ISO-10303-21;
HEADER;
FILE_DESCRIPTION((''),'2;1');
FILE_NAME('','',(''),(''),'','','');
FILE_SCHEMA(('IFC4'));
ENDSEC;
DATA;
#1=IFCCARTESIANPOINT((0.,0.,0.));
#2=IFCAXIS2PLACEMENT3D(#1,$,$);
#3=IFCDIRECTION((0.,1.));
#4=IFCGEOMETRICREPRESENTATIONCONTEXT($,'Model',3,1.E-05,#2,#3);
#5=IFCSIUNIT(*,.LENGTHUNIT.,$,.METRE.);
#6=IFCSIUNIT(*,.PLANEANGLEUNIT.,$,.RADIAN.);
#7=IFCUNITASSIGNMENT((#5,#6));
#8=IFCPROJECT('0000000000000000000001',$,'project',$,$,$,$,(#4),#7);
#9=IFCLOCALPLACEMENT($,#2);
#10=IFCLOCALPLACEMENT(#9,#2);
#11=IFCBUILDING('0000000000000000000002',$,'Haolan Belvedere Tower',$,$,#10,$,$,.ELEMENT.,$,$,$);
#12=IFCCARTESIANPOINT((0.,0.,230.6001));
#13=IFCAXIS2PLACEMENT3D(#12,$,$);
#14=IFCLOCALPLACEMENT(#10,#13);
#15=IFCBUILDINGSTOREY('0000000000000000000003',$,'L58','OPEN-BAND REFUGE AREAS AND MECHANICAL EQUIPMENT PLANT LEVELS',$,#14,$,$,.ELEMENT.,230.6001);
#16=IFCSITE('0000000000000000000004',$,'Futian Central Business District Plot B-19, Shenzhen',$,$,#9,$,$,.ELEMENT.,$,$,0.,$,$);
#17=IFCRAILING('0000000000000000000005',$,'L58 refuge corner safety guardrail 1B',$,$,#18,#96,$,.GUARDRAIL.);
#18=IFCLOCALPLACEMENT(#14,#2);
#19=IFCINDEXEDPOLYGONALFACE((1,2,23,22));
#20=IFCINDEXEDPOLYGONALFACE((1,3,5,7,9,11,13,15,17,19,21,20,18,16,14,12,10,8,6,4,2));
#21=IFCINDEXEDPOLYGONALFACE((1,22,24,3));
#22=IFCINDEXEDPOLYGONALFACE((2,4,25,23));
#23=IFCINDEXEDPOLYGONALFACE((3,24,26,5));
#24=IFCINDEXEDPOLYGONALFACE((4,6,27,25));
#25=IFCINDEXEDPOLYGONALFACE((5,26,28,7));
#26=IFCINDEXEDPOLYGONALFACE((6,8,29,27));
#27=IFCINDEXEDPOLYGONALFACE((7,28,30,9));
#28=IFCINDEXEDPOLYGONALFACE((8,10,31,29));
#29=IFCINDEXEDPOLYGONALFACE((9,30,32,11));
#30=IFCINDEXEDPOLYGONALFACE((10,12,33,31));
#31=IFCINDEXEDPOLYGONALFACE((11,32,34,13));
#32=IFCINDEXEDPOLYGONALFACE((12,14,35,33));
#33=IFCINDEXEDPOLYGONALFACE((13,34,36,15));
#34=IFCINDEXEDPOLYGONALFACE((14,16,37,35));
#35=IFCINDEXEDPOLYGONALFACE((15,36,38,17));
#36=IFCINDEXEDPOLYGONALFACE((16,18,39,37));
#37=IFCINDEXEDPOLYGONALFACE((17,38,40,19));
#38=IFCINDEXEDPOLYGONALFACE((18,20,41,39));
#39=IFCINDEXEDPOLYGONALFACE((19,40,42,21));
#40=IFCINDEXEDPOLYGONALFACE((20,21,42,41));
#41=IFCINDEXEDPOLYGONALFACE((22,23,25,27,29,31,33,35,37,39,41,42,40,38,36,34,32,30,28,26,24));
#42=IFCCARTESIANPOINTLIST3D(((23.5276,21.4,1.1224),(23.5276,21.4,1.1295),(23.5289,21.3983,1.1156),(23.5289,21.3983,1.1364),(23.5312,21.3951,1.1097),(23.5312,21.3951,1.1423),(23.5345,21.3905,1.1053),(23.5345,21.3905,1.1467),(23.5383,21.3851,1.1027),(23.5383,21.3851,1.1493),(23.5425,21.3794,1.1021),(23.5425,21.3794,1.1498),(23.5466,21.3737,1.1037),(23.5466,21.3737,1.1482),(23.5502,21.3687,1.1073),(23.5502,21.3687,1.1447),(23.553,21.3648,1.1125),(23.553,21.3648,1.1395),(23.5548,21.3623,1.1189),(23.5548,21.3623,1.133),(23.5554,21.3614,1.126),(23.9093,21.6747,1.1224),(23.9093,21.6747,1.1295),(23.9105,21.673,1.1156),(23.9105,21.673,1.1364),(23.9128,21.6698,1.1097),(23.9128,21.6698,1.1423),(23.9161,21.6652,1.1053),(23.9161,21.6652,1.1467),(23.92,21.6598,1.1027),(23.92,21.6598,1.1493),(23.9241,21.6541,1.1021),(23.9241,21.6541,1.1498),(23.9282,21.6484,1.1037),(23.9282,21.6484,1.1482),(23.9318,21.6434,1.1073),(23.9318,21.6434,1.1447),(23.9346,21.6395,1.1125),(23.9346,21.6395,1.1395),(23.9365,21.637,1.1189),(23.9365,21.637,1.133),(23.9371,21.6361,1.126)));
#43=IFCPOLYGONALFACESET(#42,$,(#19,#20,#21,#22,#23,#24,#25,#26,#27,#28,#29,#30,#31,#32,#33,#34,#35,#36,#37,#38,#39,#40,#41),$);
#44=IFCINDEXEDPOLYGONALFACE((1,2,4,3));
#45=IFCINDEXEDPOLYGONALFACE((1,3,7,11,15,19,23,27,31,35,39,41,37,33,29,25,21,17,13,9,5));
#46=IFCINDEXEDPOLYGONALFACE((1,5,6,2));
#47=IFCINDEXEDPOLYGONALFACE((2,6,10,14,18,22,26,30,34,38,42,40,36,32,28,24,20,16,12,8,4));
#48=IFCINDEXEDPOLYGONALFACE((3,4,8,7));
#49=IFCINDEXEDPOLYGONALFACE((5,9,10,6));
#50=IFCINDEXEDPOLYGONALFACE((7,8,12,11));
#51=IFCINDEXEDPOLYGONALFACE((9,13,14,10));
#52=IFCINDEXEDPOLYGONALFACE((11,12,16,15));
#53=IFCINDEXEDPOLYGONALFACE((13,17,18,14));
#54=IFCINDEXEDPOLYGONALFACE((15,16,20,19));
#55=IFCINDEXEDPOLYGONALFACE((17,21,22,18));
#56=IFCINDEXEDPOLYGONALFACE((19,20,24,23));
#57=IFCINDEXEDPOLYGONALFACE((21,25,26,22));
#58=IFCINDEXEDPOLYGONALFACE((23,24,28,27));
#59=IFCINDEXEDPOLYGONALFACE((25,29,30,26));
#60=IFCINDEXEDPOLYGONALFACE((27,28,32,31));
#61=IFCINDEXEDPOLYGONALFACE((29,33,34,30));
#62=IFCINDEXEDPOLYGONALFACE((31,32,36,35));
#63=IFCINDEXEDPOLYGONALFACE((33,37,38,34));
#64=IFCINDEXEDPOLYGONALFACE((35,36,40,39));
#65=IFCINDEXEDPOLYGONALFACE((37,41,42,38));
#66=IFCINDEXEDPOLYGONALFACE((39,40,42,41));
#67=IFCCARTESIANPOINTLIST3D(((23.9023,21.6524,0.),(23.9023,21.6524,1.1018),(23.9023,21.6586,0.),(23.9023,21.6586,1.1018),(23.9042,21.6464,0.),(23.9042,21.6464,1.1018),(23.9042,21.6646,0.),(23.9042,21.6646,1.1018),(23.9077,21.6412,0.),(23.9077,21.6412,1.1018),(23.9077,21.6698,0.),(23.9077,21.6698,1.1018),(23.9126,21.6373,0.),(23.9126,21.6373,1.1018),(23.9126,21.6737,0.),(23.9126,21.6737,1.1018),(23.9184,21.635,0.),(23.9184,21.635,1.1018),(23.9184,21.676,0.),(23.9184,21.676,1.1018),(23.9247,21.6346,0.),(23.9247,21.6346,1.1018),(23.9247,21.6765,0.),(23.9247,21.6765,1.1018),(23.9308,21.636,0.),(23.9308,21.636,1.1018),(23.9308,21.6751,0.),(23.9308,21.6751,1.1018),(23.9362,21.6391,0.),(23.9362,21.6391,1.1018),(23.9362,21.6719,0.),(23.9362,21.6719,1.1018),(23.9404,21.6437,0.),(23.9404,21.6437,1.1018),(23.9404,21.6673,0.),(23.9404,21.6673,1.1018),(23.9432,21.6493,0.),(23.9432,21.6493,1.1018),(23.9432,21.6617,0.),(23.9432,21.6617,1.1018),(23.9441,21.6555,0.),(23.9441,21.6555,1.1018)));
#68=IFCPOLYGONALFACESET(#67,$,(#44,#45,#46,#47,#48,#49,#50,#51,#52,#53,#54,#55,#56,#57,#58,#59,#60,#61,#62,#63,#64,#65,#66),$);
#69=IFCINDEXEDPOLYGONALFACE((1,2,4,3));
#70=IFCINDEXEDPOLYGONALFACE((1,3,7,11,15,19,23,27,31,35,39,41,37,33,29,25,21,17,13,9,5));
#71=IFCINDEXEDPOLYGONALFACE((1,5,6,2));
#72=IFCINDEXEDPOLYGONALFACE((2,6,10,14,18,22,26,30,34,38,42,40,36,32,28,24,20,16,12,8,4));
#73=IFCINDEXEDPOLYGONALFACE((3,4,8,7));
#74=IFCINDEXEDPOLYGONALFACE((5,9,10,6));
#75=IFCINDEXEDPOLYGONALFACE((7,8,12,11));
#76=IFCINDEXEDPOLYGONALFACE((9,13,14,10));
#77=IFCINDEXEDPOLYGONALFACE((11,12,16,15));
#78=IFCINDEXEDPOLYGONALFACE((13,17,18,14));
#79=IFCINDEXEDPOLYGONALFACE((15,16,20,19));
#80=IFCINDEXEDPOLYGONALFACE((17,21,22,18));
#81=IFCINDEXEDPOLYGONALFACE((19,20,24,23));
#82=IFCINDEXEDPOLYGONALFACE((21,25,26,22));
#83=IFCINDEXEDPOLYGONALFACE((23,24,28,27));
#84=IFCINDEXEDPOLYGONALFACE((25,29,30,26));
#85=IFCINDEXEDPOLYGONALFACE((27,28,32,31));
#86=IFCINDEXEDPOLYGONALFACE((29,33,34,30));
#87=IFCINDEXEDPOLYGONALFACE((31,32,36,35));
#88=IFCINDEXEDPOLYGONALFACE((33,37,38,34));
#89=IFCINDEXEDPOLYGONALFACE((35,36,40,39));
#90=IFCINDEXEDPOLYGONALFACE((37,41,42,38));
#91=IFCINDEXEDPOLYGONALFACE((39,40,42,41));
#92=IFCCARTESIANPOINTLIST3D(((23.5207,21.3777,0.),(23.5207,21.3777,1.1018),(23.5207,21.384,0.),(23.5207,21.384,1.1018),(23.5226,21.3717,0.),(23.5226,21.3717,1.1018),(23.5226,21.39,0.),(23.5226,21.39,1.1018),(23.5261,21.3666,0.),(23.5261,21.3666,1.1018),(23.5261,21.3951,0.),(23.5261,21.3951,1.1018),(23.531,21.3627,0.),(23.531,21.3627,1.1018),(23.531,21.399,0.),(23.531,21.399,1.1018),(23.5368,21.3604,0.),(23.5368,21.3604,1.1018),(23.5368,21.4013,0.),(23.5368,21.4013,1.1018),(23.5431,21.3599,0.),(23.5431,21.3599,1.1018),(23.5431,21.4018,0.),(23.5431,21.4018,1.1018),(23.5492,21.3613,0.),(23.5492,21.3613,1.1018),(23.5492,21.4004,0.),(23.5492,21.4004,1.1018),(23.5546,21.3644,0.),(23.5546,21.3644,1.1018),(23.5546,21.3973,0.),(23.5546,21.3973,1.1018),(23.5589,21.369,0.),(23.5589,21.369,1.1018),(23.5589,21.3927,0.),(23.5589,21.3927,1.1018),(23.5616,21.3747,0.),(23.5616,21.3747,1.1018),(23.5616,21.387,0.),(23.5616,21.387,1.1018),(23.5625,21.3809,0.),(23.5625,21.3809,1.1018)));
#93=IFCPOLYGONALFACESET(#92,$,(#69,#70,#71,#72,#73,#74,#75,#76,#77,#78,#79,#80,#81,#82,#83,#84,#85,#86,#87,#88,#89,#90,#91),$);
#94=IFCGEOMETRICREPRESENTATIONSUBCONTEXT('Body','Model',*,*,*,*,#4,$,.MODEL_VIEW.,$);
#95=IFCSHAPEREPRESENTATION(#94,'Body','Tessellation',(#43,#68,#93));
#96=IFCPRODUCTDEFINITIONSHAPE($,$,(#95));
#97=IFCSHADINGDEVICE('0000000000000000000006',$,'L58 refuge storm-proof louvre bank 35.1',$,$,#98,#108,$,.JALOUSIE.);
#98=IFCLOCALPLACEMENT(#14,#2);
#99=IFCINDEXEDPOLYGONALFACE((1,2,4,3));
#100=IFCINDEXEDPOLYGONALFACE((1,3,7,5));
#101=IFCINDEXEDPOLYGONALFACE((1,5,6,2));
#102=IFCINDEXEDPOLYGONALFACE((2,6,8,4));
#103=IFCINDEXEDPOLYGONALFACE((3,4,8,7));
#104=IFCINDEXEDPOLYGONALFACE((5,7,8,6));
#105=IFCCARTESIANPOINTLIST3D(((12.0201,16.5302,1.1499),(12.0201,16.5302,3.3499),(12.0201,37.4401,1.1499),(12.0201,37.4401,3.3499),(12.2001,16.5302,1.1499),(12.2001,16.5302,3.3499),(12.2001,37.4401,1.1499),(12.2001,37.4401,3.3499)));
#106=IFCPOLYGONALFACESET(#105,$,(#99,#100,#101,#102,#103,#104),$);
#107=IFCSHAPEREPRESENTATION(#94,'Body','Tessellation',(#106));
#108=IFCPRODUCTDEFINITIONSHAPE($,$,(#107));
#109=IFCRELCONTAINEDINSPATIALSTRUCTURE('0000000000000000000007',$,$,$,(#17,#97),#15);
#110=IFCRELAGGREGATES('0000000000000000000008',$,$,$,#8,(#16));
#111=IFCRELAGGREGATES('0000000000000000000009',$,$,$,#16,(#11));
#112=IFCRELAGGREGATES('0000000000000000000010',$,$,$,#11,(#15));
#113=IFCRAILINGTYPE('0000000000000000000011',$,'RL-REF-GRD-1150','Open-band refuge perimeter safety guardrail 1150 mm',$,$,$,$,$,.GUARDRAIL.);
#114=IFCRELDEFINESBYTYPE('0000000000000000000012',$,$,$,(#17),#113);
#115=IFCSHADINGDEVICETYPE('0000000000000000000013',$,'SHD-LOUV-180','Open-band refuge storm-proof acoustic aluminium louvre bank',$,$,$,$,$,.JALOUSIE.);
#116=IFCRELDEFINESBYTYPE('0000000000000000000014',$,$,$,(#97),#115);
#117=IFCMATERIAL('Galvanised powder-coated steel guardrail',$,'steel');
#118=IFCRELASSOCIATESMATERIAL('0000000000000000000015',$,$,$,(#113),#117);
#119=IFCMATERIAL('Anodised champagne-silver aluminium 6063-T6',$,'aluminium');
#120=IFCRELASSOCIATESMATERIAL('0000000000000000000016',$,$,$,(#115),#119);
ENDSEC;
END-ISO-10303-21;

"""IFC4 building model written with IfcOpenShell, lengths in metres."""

from ifc_helpers import new_model, si_unit, direction, frame, origin, origin_2d, place, context, subcontext, project, spatial, rectangle, circle, extrude, material, type_object, element, save


model = new_model("IFC4")

# Units and contexts
model_context = context("Model", 3, precision=1e-05, world=origin(), true_north=direction((0.0, 1.0)))
body_context = subcontext(model_context, "Body", "Model", "MODEL_VIEW")
ifc_project = project(units=[si_unit("LENGTHUNIT", "METRE"), si_unit("PLANEANGLEUNIT", "RADIAN")], contexts=[model_context])

# Site, building, storey
site_placement = place(None, origin())
site = spatial("IfcSite", under=ifc_project, at=site_placement, Name="Futian Central Business District Plot B-19, Shenzhen", CompositionType="ELEMENT", RefElevation=0.0)
building_placement = place(site_placement, origin())
building = spatial("IfcBuilding", under=site, at=building_placement, Name="Haolan Belvedere Tower", CompositionType="ELEMENT")
storey_placement = place(building_placement, frame((0.0, 0.0, 230.6001)))
storey = spatial("IfcBuildingStorey", under=building, at=storey_placement, Name="L58", Description="OPEN-BAND REFUGE AREAS AND MECHANICAL EQUIPMENT PLANT LEVELS", CompositionType="ELEMENT", Elevation=230.6001)

# Railing
ifc_material_1 = material(Name="Galvanised powder-coated steel guardrail", Category="steel")
railing_type = type_object("IfcRailingType", Name="RL-REF-GRD-1150", Description="Open-band refuge perimeter safety guardrail 1150 mm", PredefinedType="GUARDRAIL", material=ifc_material_1)
railing_placement = place(storey_placement, frame((23.9231, 21.6555, 0.0)))
element("IfcRailing", 1, at=railing_placement, inside=storey, type_object=railing_type, Name="L58 refuge corner safety guardrail 1B", PredefinedType="GUARDRAIL", context=body_context, shape_type="SweptSolid", body=[
    extrude(circle(Radius=0.0239, at=origin_2d()), frame((0.0, 0.0, 1.126), z_axis=(-0.811623, -0.584182, 0.0), x_axis=(0.584182, -0.811623, 0.0)), (0.0, 0.0, 1.0), 0.4702),
    extrude(circle(Radius=0.021, at=origin_2d()), origin(), (0.0, 0.0, 1.0), 1.1018),
    extrude(circle(Radius=0.021, at=origin_2d()), frame((-0.3816, -0.2747, 0.0)), (0.0, 0.0, 1.0), 1.1018),
])

# Shading device
ifc_material_2 = material(Name="Anodised champagne-silver aluminium 6063-T6", Category="aluminium")
shading_device_type = type_object("IfcShadingDeviceType", Name="SHD-LOUV-180", Description="Open-band refuge storm-proof acoustic aluminium louvre bank", PredefinedType="JALOUSIE", material=ifc_material_2)
shading_device_placement = place(storey_placement, frame((12.1101, 26.9851, 1.1499), z_axis=(0.0, 0.0, 1.0), x_axis=(0.0, -1.0, 0.0)))
element("IfcShadingDevice", 2, at=shading_device_placement, inside=storey, type_object=shading_device_type, Name="L58 refuge storm-proof louvre bank 35.1", PredefinedType="JALOUSIE", context=body_context, shape_type="SweptSolid", body=[
    extrude(rectangle(XDim=20.9099, YDim=0.1799, at=origin_2d()), origin(), (0.0, 0.0, 1.0), 2.2),
])

save(model, "model.ifc")
